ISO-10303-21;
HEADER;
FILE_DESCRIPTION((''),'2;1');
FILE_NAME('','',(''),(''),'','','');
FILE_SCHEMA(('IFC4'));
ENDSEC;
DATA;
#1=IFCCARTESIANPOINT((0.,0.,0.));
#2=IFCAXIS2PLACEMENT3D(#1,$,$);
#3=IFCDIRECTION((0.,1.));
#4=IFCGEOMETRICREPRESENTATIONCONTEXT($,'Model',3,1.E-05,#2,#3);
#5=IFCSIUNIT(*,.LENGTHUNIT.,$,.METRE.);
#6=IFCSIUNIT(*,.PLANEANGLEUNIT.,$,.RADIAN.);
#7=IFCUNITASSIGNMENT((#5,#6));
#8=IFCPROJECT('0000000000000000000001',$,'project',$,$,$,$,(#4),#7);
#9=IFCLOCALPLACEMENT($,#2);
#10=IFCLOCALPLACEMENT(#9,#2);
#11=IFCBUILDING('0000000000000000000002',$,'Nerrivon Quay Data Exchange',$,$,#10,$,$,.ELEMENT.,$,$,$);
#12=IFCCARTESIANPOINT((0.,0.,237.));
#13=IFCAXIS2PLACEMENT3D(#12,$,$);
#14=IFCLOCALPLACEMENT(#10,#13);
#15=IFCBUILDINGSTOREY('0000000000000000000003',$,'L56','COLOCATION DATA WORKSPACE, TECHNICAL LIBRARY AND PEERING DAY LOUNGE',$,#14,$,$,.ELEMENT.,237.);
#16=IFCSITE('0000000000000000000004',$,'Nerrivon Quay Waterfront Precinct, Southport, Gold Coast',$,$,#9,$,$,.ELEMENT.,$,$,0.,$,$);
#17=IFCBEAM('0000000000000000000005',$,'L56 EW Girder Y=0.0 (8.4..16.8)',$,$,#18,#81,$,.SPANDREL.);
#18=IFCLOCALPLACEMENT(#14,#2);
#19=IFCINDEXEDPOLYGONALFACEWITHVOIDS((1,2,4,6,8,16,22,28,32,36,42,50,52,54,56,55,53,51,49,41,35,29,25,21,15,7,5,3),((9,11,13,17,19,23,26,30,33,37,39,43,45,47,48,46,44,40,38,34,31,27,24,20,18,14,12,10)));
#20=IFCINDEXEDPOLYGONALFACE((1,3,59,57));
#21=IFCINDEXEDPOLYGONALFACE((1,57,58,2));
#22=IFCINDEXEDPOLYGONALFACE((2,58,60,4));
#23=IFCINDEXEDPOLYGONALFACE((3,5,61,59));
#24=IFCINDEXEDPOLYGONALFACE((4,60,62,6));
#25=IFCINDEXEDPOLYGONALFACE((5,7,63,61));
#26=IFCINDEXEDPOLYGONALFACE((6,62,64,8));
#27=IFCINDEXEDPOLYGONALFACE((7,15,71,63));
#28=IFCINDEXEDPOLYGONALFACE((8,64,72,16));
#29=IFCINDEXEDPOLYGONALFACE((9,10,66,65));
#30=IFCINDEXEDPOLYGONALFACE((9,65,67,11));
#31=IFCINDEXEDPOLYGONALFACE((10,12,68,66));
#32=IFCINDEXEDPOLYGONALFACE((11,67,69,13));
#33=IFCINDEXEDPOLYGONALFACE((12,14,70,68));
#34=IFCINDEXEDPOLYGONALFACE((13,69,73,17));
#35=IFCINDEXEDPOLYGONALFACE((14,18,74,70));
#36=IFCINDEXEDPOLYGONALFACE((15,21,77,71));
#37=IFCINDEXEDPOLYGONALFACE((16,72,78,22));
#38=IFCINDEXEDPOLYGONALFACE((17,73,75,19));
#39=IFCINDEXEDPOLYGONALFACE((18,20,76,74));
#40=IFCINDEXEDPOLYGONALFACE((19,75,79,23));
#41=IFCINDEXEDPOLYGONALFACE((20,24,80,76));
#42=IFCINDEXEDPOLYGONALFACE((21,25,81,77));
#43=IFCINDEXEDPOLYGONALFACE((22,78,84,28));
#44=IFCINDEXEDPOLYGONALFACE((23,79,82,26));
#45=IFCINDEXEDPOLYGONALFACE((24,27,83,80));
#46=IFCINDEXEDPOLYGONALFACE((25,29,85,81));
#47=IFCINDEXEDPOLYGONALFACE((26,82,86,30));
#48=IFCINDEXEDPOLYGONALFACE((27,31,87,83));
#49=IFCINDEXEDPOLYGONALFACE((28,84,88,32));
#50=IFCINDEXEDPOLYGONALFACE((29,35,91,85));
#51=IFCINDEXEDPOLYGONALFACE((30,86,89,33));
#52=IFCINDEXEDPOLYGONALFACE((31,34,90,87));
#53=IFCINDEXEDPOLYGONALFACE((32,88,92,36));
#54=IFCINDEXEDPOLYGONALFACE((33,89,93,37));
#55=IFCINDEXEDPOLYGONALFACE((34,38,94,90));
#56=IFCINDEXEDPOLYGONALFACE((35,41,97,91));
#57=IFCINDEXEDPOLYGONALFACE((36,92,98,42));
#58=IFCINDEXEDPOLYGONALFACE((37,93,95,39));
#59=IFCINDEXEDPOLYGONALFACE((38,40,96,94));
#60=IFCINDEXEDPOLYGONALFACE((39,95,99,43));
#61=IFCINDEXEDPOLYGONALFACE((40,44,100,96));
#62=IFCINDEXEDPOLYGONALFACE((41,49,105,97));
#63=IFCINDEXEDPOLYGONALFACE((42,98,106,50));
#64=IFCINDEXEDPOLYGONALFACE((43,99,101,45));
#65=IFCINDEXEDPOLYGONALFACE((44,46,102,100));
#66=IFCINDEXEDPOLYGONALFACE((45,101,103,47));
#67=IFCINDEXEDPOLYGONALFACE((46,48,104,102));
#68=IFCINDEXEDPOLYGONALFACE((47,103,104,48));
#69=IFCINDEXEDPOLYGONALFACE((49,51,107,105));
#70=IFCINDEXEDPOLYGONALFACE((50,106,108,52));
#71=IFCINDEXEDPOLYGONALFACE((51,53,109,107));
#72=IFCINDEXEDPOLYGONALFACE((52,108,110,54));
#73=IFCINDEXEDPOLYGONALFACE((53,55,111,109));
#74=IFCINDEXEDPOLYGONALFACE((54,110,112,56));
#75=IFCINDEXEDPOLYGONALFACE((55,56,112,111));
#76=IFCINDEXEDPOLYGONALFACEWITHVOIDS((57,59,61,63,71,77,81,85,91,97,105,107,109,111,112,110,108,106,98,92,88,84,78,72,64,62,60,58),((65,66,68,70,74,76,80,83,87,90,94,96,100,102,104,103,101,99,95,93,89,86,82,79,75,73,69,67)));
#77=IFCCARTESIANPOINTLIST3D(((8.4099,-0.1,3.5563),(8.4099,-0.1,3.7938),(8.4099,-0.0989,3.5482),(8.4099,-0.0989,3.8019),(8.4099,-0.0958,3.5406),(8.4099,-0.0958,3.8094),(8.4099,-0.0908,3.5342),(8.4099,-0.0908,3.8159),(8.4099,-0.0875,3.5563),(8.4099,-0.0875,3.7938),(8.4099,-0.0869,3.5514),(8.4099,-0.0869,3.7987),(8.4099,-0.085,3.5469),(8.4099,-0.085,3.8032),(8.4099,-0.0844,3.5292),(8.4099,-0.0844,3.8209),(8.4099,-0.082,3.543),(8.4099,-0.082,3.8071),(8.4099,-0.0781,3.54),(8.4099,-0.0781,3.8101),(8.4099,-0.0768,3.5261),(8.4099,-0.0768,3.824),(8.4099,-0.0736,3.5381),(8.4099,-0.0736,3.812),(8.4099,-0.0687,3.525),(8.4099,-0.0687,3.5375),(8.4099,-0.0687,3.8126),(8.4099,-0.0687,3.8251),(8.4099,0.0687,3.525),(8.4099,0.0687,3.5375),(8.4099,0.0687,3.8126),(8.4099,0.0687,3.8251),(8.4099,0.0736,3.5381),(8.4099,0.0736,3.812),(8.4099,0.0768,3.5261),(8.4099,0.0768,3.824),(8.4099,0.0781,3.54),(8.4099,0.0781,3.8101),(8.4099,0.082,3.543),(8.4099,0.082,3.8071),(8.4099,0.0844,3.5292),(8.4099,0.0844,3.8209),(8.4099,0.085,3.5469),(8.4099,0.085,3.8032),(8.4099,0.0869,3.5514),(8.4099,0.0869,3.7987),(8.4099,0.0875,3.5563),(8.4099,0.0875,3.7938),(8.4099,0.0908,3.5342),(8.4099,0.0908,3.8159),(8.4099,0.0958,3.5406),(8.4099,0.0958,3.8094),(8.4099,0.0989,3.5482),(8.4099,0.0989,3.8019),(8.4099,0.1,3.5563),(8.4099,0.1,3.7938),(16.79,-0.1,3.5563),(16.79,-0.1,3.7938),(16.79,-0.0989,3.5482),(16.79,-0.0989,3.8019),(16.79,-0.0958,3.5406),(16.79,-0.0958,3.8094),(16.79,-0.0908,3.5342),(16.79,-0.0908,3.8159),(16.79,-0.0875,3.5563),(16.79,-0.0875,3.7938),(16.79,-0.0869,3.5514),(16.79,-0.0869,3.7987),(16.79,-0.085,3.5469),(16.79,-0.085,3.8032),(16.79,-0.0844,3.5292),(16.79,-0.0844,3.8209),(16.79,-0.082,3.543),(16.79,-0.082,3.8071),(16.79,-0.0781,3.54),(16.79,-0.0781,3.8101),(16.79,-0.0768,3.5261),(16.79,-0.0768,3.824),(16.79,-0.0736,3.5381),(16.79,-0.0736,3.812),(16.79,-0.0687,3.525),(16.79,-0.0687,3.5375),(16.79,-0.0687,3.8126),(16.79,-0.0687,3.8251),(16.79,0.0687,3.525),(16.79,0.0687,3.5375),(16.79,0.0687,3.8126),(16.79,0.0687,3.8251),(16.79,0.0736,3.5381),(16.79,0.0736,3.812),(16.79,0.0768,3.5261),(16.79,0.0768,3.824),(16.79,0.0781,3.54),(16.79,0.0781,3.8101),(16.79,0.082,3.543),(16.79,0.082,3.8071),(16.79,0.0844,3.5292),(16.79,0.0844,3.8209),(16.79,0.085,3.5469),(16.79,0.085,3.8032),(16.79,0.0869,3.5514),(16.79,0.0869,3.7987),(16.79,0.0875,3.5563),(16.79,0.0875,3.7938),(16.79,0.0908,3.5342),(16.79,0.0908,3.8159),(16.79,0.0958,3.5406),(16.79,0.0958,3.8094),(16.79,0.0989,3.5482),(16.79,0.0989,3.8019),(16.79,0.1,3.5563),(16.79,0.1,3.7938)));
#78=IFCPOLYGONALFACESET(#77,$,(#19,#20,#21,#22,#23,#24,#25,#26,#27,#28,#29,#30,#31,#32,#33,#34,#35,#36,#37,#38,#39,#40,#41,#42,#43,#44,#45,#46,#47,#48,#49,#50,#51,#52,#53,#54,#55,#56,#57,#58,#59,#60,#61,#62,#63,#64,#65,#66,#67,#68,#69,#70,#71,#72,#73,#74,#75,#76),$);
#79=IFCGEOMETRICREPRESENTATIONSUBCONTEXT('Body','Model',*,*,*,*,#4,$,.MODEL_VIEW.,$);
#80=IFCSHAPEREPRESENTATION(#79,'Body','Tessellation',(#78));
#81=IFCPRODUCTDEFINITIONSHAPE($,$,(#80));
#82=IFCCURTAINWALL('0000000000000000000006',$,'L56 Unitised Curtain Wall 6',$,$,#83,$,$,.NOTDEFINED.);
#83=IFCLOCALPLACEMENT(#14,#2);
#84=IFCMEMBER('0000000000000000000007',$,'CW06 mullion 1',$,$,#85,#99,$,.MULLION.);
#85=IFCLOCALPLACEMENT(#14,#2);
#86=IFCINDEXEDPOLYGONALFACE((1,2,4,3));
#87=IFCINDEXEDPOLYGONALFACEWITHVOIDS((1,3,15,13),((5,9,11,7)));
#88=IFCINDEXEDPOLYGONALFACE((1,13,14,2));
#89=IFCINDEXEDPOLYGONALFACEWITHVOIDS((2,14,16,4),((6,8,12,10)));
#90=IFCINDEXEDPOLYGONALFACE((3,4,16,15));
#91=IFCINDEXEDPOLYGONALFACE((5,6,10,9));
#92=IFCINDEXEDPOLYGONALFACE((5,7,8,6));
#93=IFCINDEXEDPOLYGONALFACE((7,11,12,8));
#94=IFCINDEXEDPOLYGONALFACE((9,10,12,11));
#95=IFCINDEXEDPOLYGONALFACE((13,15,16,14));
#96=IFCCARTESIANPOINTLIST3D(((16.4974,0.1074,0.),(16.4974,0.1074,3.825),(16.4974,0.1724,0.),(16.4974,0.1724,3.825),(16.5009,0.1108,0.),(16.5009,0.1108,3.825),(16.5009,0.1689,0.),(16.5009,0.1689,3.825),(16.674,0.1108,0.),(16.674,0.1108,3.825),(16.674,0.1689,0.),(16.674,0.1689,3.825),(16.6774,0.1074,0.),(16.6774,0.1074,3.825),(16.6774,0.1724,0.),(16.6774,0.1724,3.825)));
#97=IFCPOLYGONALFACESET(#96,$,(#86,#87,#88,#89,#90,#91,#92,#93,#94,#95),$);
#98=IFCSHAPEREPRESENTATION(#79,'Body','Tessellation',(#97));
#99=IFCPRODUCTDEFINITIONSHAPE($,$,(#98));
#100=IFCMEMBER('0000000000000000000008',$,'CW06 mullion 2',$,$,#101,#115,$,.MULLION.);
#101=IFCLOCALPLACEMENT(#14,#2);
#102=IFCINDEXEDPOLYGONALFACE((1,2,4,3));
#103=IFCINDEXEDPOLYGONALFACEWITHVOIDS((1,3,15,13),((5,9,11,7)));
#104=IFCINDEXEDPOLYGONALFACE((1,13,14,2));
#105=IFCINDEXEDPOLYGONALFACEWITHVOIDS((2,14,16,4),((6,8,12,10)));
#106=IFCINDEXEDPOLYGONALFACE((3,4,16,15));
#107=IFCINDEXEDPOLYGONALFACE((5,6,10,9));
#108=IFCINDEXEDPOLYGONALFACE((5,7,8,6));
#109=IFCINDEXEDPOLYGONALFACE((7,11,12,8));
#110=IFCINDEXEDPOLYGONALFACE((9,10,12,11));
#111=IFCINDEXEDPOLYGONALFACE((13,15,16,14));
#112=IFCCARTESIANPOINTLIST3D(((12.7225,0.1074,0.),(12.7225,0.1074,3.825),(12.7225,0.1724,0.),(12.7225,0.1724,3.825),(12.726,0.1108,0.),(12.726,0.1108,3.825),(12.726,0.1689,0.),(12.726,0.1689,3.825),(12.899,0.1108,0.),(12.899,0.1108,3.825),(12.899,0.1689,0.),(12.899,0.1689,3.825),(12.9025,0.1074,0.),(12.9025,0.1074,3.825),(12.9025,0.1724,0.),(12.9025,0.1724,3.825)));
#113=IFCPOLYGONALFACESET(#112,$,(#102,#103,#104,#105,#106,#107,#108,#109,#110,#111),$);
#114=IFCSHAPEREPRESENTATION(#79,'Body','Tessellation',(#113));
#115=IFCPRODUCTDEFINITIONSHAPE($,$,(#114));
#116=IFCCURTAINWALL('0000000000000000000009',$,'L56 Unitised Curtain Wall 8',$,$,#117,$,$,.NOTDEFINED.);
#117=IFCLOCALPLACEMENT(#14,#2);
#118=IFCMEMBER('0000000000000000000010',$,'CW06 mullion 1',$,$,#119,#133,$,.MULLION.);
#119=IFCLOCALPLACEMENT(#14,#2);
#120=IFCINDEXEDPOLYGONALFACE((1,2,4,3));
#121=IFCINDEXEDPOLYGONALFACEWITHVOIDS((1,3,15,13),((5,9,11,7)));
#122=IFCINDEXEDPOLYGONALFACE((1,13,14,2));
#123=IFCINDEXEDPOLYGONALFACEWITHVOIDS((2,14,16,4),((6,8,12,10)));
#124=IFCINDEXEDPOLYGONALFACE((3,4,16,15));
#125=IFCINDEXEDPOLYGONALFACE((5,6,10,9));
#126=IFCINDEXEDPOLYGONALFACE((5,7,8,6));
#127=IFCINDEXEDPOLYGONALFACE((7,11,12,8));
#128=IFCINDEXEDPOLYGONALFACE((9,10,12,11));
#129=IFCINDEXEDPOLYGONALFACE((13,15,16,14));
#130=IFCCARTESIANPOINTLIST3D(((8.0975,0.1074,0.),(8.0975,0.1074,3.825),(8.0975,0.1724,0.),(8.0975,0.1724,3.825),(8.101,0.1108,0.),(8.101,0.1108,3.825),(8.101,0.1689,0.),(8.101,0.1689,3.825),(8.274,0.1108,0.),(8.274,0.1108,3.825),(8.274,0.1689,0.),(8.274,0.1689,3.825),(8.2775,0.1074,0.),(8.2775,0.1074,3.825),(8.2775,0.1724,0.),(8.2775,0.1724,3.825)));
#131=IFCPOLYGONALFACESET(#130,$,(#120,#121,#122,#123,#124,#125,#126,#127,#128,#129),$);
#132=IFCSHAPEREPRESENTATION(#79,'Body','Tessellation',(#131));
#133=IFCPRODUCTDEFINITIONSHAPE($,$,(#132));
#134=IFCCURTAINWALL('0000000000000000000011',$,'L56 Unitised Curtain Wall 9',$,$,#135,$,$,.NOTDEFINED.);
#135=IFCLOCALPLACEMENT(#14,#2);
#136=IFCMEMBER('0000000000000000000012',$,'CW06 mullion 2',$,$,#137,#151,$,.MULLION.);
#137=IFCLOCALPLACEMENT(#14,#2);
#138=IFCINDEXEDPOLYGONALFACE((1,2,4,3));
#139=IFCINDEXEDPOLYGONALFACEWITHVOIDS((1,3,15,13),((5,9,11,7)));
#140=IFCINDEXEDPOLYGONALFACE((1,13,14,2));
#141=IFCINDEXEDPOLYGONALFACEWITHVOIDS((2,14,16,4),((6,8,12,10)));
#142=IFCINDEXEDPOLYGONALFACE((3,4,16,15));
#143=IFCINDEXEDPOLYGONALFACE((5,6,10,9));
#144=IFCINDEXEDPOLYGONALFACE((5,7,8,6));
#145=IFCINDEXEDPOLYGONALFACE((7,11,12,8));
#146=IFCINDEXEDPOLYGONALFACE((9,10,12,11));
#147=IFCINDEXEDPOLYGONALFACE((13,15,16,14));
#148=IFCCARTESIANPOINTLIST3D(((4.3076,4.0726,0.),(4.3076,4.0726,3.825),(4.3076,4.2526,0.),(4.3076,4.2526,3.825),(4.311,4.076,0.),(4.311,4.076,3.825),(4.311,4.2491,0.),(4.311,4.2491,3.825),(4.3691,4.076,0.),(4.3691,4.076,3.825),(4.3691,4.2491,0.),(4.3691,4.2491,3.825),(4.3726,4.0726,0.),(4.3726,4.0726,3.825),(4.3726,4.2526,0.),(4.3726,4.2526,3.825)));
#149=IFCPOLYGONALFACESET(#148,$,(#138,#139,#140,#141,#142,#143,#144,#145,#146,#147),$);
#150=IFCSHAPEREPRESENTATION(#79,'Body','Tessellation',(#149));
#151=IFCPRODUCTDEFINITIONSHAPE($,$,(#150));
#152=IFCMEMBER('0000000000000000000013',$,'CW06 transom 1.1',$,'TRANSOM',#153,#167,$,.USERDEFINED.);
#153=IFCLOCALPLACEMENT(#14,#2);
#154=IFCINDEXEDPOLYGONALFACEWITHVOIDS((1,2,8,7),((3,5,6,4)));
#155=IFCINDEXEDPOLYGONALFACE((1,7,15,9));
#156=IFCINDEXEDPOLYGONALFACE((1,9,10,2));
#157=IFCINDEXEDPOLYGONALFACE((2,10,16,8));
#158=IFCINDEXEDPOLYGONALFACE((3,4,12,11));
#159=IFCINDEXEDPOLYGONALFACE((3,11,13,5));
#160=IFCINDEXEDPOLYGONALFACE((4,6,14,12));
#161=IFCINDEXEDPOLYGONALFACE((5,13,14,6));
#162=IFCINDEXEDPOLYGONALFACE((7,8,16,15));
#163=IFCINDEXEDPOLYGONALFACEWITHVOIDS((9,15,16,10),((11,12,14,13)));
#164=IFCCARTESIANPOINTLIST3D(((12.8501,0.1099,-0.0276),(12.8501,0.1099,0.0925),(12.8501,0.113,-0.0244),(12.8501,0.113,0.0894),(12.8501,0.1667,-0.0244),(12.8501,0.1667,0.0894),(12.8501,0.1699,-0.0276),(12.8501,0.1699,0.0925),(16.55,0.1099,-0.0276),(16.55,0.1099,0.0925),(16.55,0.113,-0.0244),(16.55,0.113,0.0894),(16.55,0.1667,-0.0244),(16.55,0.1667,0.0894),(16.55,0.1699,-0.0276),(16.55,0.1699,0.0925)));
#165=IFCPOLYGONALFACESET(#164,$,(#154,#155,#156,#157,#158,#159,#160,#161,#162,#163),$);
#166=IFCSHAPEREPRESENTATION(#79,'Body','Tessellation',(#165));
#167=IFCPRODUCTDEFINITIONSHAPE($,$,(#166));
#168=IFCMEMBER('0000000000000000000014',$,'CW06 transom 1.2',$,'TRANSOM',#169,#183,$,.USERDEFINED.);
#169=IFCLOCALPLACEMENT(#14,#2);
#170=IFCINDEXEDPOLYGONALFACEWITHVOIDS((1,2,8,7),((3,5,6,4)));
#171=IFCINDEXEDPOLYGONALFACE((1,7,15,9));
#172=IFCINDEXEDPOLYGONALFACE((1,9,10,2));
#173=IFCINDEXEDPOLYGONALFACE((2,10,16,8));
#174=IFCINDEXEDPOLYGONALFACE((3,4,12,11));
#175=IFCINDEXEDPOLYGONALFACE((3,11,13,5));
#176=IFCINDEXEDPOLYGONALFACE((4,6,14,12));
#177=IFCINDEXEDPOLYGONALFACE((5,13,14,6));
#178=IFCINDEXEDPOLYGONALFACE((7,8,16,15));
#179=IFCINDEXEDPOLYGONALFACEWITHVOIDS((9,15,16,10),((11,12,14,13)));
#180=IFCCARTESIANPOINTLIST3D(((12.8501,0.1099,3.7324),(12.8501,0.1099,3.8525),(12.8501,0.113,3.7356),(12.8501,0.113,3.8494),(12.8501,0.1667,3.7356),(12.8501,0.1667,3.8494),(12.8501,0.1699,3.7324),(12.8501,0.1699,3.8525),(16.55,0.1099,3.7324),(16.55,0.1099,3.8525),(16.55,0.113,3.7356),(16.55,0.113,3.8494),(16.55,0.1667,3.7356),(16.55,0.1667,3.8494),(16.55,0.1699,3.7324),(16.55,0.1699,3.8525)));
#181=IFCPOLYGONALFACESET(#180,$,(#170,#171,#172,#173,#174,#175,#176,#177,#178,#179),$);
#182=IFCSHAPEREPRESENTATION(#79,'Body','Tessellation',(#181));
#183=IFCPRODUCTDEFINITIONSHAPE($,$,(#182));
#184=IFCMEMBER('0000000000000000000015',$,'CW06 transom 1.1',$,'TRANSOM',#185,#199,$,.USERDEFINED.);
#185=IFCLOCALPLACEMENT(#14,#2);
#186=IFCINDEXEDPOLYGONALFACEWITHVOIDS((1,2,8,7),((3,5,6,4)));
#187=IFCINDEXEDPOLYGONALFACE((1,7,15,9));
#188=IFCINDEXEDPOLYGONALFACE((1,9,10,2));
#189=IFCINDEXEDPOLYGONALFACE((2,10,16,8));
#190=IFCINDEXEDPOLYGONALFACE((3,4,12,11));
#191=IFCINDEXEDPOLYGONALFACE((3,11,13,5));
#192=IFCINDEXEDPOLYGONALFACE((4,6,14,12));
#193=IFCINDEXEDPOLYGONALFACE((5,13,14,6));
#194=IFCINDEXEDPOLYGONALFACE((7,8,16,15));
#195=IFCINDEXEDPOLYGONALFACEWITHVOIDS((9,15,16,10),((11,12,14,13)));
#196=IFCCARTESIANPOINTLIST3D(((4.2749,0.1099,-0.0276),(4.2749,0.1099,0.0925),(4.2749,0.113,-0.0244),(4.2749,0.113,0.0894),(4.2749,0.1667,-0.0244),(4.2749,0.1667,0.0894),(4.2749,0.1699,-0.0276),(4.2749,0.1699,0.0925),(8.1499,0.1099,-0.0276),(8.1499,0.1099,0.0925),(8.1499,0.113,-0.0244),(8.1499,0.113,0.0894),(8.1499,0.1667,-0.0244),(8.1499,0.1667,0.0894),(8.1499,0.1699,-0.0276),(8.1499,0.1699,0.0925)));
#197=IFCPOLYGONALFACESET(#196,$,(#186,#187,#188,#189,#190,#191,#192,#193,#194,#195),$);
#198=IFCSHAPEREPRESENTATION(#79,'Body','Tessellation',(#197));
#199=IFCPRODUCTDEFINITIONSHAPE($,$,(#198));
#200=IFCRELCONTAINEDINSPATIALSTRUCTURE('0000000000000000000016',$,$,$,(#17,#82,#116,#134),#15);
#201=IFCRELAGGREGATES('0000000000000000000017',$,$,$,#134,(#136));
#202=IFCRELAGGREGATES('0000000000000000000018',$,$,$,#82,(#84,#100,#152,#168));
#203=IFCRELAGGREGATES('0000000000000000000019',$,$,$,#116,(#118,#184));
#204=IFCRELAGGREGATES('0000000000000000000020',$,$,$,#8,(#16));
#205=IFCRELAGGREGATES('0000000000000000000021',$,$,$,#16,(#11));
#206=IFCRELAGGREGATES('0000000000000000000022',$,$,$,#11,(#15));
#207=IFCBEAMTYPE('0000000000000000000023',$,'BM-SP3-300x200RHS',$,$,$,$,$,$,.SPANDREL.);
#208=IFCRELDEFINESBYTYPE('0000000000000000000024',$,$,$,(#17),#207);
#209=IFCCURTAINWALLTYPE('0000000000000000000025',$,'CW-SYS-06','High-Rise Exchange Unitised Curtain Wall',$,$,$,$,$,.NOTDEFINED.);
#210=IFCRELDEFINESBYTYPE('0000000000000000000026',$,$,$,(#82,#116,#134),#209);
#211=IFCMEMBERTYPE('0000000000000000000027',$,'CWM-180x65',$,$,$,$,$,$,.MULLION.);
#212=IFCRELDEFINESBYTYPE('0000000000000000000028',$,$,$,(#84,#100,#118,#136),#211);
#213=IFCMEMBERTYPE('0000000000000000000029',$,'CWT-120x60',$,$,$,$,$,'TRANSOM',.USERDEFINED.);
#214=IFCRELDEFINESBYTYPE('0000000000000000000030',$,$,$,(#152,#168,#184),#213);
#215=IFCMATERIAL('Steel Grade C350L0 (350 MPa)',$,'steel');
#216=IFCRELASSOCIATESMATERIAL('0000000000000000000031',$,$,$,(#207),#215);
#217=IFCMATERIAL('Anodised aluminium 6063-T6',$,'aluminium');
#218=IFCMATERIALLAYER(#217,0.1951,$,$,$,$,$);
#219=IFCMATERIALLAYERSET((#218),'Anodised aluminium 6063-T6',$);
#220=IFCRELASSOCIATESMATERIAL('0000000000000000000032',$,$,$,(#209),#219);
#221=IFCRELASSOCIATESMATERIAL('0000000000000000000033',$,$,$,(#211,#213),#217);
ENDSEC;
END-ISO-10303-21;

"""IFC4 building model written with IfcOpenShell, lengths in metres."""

from ifc_helpers import new_model, si_unit, direction, frame, origin, origin_2d, place, context, subcontext, project, spatial, hollow_rectangle, extrude, material, layer, layer_set, material_profile, profile_set, type_object, element, aggregate, save


model = new_model("IFC4")

# Units and contexts
model_context = context("Model", 3, precision=1e-05, world=origin(), true_north=direction((0.0, 1.0)))
body_context = subcontext(model_context, "Body", "Model", "MODEL_VIEW")
ifc_project = project(units=[si_unit("LENGTHUNIT", "METRE"), si_unit("PLANEANGLEUNIT", "RADIAN")], contexts=[model_context])

# Site, building, storey
site_placement = place(None, origin())
site = spatial("IfcSite", under=ifc_project, at=site_placement, Name="Nerrivon Quay Waterfront Precinct, Southport, Gold Coast", CompositionType="ELEMENT", RefElevation=0.0)
building_placement = place(site_placement, origin())
building = spatial("IfcBuilding", under=site, at=building_placement, Name="Nerrivon Quay Data Exchange", CompositionType="ELEMENT")
storey_placement = place(building_placement, frame((0.0, 0.0, 237.0)))
storey = spatial("IfcBuildingStorey", under=building, at=storey_placement, Name="L56", Description="COLOCATION DATA WORKSPACE, TECHNICAL LIBRARY AND PEERING DAY LOUNGE", CompositionType="ELEMENT", Elevation=237.0)

# Beam
ifc_material_1 = material(Name="Steel Grade C350L0 (350 MPa)", Category="steel")
ifc_material_profile_1 = material_profile(ifc_material_1, hollow_rectangle(XDim=0.2, YDim=0.3, WallThickness=0.0125, InnerFilletRadius=0.0188, OuterFilletRadius=0.0312, at=origin_2d()), Name="300x200x12.5RHS")
ifc_profile_set_1 = profile_set([ifc_material_profile_1], Name="Steel Grade C350L0 (350 MPa)")
beam_type_1 = type_object("IfcBeamType", Name="BM-SP3-300x200RHS", PredefinedType="SPANDREL", material=ifc_profile_set_1)
beam_1_placement = place(storey_placement, frame((8.4099, 0.0, 3.675), z_axis=(1.0, 0.0, 0.0), x_axis=(0.0, 1.0, 0.0)))
element("IfcBeam", 1, at=beam_1_placement, inside=storey, type_object=beam_type_1, Name="L56 EW Girder Y=0.0 (8.4..16.8)", PredefinedType="SPANDREL", context=body_context, shape_type="SweptSolid", body=[
    extrude(hollow_rectangle(XDim=0.2, YDim=0.3, WallThickness=0.0125, InnerFilletRadius=0.0188, OuterFilletRadius=0.0312, at=origin_2d()), origin(), (0.0, 0.0, 1.0), 8.3801),
])

# Curtain wall, members
ifc_material_2 = material(Name="Anodised aluminium 6063-T6", Category="aluminium")
ifc_layer_1 = layer(ifc_material_2, 0.1951)
ifc_layer_set_1 = layer_set([ifc_layer_1], Name="Anodised aluminium 6063-T6")
curtain_wall_type = type_object("IfcCurtainWallType", Name="CW-SYS-06", Description="High-Rise Exchange Unitised Curtain Wall", PredefinedType="NOTDEFINED", material=ifc_layer_set_1)
curtain_wall_1_placement = place(storey_placement, origin())
curtain_wall_1 = element("IfcCurtainWall", 2, at=curtain_wall_1_placement, inside=storey, type_object=curtain_wall_type, Name="L56 Unitised Curtain Wall 6", PredefinedType="NOTDEFINED")
ifc_material_profile_2 = material_profile(ifc_material_2, hollow_rectangle(XDim=0.0649, YDim=0.1799, WallThickness=0.0034, at=origin_2d()), Name="ALU-MULL-180x65")
ifc_profile_set_2 = profile_set([ifc_material_profile_2], Name="Anodised aluminium 6063-T6")
member_type_1 = type_object("IfcMemberType", Name="CWM-180x65", PredefinedType="MULLION", material=ifc_profile_set_2)
member_1_placement = place(storey_placement, frame((16.5874, 0.1399, 0.0), z_axis=(0.0, 0.0, 1.0), x_axis=(0.0, -1.0, 0.0)))
member_1 = element("IfcMember", 3, at=member_1_placement, type_object=member_type_1, Name="CW06 mullion 1", PredefinedType="MULLION", context=body_context, shape_type="SweptSolid", body=[
    extrude(hollow_rectangle(XDim=0.0649, YDim=0.1799, WallThickness=0.0034, at=origin_2d()), origin(), (0.0, 0.0, 1.0), 3.825),
])
member_2_placement = place(storey_placement, frame((12.8125, 0.1399, 0.0), z_axis=(0.0, 0.0, 1.0), x_axis=(0.0, -1.0, 0.0)))
member_2 = element("IfcMember", 4, at=member_2_placement, type_object=member_type_1, Name="CW06 mullion 2", PredefinedType="MULLION", context=body_context, shape_type="SweptSolid", body=[
    extrude(hollow_rectangle(XDim=0.0649, YDim=0.1799, WallThickness=0.0034, at=origin_2d()), origin(), (0.0, 0.0, 1.0), 3.825),
])

# Curtain walls, members
curtain_wall_2_placement = place(storey_placement, origin())
curtain_wall_2 = element("IfcCurtainWall", 5, at=curtain_wall_2_placement, inside=storey, type_object=curtain_wall_type, Name="L56 Unitised Curtain Wall 8", PredefinedType="NOTDEFINED")
member_3_placement = place(storey_placement, frame((8.1875, 0.1399, 0.0), z_axis=(0.0, 0.0, 1.0), x_axis=(0.0, -1.0, 0.0)))
member_3 = element("IfcMember", 6, at=member_3_placement, type_object=member_type_1, Name="CW06 mullion 1", PredefinedType="MULLION", context=body_context, shape_type="SweptSolid", body=[
    extrude(hollow_rectangle(XDim=0.0649, YDim=0.1799, WallThickness=0.0034, at=origin_2d()), origin(), (0.0, 0.0, 1.0), 3.825),
])
curtain_wall_3_placement = place(storey_placement, origin())
curtain_wall_3 = element("IfcCurtainWall", 7, at=curtain_wall_3_placement, inside=storey, type_object=curtain_wall_type, Name="L56 Unitised Curtain Wall 9", PredefinedType="NOTDEFINED")
member_4_placement = place(storey_placement, frame((4.3401, 4.1626, 0.0), z_axis=(0.0, 0.0, 1.0), x_axis=(-1.0, 0.0, 0.0)))
member_4 = element("IfcMember", 8, at=member_4_placement, type_object=member_type_1, Name="CW06 mullion 2", PredefinedType="MULLION", context=body_context, shape_type="SweptSolid", body=[
    extrude(hollow_rectangle(XDim=0.0649, YDim=0.1799, WallThickness=0.0034, at=origin_2d()), origin(), (0.0, 0.0, 1.0), 3.825),
])
aggregate(curtain_wall_3, [member_4])

# Members
ifc_material_profile_3 = material_profile(ifc_material_2, hollow_rectangle(XDim=0.0601, YDim=0.1201, WallThickness=0.0032, at=origin_2d()), Name="ALU-TRAN-120x60")
ifc_profile_set_3 = profile_set([ifc_material_profile_3], Name="Anodised aluminium 6063-T6")
member_type_2 = type_object("IfcMemberType", Name="CWT-120x60", ElementType="TRANSOM", PredefinedType="USERDEFINED", material=ifc_profile_set_3)
member_5_placement = place(storey_placement, frame((16.55, 0.1399, 0.0325), z_axis=(-1.0, 0.0, 0.0), x_axis=(0.0, -1.0, 0.0)))
member_5 = element("IfcMember", 9, at=member_5_placement, type_object=member_type_2, Name="CW06 transom 1.1", ObjectType="TRANSOM", PredefinedType="USERDEFINED", context=body_context, shape_type="SweptSolid", body=[
    extrude(hollow_rectangle(XDim=0.0601, YDim=0.1201, WallThickness=0.0032, at=origin_2d()), origin(), (0.0, 0.0, 1.0), 3.7),
])
member_6_placement = place(storey_placement, frame((16.55, 0.1399, 3.7925), z_axis=(-1.0, 0.0, 0.0), x_axis=(0.0, -1.0, 0.0)))
member_6 = element("IfcMember", 10, at=member_6_placement, type_object=member_type_2, Name="CW06 transom 1.2", ObjectType="TRANSOM", PredefinedType="USERDEFINED", context=body_context, shape_type="SweptSolid", body=[
    extrude(hollow_rectangle(XDim=0.0601, YDim=0.1201, WallThickness=0.0032, at=origin_2d()), origin(), (0.0, 0.0, 1.0), 3.7),
])
member_7_placement = place(storey_placement, frame((8.1499, 0.1399, 0.0325), z_axis=(-1.0, 0.0, 0.0), x_axis=(0.0, -1.0, 0.0)))
member_7 = element("IfcMember", 11, at=member_7_placement, type_object=member_type_2, Name="CW06 transom 1.1", ObjectType="TRANSOM", PredefinedType="USERDEFINED", context=body_context, shape_type="SweptSolid", body=[
    extrude(hollow_rectangle(XDim=0.0601, YDim=0.1201, WallThickness=0.0032, at=origin_2d()), origin(), (0.0, 0.0, 1.0), 3.875),
])

aggregate(curtain_wall_1, [member_1, member_2, member_5, member_6])
aggregate(curtain_wall_2, [member_3, member_7])

save(model, "model.ifc")
